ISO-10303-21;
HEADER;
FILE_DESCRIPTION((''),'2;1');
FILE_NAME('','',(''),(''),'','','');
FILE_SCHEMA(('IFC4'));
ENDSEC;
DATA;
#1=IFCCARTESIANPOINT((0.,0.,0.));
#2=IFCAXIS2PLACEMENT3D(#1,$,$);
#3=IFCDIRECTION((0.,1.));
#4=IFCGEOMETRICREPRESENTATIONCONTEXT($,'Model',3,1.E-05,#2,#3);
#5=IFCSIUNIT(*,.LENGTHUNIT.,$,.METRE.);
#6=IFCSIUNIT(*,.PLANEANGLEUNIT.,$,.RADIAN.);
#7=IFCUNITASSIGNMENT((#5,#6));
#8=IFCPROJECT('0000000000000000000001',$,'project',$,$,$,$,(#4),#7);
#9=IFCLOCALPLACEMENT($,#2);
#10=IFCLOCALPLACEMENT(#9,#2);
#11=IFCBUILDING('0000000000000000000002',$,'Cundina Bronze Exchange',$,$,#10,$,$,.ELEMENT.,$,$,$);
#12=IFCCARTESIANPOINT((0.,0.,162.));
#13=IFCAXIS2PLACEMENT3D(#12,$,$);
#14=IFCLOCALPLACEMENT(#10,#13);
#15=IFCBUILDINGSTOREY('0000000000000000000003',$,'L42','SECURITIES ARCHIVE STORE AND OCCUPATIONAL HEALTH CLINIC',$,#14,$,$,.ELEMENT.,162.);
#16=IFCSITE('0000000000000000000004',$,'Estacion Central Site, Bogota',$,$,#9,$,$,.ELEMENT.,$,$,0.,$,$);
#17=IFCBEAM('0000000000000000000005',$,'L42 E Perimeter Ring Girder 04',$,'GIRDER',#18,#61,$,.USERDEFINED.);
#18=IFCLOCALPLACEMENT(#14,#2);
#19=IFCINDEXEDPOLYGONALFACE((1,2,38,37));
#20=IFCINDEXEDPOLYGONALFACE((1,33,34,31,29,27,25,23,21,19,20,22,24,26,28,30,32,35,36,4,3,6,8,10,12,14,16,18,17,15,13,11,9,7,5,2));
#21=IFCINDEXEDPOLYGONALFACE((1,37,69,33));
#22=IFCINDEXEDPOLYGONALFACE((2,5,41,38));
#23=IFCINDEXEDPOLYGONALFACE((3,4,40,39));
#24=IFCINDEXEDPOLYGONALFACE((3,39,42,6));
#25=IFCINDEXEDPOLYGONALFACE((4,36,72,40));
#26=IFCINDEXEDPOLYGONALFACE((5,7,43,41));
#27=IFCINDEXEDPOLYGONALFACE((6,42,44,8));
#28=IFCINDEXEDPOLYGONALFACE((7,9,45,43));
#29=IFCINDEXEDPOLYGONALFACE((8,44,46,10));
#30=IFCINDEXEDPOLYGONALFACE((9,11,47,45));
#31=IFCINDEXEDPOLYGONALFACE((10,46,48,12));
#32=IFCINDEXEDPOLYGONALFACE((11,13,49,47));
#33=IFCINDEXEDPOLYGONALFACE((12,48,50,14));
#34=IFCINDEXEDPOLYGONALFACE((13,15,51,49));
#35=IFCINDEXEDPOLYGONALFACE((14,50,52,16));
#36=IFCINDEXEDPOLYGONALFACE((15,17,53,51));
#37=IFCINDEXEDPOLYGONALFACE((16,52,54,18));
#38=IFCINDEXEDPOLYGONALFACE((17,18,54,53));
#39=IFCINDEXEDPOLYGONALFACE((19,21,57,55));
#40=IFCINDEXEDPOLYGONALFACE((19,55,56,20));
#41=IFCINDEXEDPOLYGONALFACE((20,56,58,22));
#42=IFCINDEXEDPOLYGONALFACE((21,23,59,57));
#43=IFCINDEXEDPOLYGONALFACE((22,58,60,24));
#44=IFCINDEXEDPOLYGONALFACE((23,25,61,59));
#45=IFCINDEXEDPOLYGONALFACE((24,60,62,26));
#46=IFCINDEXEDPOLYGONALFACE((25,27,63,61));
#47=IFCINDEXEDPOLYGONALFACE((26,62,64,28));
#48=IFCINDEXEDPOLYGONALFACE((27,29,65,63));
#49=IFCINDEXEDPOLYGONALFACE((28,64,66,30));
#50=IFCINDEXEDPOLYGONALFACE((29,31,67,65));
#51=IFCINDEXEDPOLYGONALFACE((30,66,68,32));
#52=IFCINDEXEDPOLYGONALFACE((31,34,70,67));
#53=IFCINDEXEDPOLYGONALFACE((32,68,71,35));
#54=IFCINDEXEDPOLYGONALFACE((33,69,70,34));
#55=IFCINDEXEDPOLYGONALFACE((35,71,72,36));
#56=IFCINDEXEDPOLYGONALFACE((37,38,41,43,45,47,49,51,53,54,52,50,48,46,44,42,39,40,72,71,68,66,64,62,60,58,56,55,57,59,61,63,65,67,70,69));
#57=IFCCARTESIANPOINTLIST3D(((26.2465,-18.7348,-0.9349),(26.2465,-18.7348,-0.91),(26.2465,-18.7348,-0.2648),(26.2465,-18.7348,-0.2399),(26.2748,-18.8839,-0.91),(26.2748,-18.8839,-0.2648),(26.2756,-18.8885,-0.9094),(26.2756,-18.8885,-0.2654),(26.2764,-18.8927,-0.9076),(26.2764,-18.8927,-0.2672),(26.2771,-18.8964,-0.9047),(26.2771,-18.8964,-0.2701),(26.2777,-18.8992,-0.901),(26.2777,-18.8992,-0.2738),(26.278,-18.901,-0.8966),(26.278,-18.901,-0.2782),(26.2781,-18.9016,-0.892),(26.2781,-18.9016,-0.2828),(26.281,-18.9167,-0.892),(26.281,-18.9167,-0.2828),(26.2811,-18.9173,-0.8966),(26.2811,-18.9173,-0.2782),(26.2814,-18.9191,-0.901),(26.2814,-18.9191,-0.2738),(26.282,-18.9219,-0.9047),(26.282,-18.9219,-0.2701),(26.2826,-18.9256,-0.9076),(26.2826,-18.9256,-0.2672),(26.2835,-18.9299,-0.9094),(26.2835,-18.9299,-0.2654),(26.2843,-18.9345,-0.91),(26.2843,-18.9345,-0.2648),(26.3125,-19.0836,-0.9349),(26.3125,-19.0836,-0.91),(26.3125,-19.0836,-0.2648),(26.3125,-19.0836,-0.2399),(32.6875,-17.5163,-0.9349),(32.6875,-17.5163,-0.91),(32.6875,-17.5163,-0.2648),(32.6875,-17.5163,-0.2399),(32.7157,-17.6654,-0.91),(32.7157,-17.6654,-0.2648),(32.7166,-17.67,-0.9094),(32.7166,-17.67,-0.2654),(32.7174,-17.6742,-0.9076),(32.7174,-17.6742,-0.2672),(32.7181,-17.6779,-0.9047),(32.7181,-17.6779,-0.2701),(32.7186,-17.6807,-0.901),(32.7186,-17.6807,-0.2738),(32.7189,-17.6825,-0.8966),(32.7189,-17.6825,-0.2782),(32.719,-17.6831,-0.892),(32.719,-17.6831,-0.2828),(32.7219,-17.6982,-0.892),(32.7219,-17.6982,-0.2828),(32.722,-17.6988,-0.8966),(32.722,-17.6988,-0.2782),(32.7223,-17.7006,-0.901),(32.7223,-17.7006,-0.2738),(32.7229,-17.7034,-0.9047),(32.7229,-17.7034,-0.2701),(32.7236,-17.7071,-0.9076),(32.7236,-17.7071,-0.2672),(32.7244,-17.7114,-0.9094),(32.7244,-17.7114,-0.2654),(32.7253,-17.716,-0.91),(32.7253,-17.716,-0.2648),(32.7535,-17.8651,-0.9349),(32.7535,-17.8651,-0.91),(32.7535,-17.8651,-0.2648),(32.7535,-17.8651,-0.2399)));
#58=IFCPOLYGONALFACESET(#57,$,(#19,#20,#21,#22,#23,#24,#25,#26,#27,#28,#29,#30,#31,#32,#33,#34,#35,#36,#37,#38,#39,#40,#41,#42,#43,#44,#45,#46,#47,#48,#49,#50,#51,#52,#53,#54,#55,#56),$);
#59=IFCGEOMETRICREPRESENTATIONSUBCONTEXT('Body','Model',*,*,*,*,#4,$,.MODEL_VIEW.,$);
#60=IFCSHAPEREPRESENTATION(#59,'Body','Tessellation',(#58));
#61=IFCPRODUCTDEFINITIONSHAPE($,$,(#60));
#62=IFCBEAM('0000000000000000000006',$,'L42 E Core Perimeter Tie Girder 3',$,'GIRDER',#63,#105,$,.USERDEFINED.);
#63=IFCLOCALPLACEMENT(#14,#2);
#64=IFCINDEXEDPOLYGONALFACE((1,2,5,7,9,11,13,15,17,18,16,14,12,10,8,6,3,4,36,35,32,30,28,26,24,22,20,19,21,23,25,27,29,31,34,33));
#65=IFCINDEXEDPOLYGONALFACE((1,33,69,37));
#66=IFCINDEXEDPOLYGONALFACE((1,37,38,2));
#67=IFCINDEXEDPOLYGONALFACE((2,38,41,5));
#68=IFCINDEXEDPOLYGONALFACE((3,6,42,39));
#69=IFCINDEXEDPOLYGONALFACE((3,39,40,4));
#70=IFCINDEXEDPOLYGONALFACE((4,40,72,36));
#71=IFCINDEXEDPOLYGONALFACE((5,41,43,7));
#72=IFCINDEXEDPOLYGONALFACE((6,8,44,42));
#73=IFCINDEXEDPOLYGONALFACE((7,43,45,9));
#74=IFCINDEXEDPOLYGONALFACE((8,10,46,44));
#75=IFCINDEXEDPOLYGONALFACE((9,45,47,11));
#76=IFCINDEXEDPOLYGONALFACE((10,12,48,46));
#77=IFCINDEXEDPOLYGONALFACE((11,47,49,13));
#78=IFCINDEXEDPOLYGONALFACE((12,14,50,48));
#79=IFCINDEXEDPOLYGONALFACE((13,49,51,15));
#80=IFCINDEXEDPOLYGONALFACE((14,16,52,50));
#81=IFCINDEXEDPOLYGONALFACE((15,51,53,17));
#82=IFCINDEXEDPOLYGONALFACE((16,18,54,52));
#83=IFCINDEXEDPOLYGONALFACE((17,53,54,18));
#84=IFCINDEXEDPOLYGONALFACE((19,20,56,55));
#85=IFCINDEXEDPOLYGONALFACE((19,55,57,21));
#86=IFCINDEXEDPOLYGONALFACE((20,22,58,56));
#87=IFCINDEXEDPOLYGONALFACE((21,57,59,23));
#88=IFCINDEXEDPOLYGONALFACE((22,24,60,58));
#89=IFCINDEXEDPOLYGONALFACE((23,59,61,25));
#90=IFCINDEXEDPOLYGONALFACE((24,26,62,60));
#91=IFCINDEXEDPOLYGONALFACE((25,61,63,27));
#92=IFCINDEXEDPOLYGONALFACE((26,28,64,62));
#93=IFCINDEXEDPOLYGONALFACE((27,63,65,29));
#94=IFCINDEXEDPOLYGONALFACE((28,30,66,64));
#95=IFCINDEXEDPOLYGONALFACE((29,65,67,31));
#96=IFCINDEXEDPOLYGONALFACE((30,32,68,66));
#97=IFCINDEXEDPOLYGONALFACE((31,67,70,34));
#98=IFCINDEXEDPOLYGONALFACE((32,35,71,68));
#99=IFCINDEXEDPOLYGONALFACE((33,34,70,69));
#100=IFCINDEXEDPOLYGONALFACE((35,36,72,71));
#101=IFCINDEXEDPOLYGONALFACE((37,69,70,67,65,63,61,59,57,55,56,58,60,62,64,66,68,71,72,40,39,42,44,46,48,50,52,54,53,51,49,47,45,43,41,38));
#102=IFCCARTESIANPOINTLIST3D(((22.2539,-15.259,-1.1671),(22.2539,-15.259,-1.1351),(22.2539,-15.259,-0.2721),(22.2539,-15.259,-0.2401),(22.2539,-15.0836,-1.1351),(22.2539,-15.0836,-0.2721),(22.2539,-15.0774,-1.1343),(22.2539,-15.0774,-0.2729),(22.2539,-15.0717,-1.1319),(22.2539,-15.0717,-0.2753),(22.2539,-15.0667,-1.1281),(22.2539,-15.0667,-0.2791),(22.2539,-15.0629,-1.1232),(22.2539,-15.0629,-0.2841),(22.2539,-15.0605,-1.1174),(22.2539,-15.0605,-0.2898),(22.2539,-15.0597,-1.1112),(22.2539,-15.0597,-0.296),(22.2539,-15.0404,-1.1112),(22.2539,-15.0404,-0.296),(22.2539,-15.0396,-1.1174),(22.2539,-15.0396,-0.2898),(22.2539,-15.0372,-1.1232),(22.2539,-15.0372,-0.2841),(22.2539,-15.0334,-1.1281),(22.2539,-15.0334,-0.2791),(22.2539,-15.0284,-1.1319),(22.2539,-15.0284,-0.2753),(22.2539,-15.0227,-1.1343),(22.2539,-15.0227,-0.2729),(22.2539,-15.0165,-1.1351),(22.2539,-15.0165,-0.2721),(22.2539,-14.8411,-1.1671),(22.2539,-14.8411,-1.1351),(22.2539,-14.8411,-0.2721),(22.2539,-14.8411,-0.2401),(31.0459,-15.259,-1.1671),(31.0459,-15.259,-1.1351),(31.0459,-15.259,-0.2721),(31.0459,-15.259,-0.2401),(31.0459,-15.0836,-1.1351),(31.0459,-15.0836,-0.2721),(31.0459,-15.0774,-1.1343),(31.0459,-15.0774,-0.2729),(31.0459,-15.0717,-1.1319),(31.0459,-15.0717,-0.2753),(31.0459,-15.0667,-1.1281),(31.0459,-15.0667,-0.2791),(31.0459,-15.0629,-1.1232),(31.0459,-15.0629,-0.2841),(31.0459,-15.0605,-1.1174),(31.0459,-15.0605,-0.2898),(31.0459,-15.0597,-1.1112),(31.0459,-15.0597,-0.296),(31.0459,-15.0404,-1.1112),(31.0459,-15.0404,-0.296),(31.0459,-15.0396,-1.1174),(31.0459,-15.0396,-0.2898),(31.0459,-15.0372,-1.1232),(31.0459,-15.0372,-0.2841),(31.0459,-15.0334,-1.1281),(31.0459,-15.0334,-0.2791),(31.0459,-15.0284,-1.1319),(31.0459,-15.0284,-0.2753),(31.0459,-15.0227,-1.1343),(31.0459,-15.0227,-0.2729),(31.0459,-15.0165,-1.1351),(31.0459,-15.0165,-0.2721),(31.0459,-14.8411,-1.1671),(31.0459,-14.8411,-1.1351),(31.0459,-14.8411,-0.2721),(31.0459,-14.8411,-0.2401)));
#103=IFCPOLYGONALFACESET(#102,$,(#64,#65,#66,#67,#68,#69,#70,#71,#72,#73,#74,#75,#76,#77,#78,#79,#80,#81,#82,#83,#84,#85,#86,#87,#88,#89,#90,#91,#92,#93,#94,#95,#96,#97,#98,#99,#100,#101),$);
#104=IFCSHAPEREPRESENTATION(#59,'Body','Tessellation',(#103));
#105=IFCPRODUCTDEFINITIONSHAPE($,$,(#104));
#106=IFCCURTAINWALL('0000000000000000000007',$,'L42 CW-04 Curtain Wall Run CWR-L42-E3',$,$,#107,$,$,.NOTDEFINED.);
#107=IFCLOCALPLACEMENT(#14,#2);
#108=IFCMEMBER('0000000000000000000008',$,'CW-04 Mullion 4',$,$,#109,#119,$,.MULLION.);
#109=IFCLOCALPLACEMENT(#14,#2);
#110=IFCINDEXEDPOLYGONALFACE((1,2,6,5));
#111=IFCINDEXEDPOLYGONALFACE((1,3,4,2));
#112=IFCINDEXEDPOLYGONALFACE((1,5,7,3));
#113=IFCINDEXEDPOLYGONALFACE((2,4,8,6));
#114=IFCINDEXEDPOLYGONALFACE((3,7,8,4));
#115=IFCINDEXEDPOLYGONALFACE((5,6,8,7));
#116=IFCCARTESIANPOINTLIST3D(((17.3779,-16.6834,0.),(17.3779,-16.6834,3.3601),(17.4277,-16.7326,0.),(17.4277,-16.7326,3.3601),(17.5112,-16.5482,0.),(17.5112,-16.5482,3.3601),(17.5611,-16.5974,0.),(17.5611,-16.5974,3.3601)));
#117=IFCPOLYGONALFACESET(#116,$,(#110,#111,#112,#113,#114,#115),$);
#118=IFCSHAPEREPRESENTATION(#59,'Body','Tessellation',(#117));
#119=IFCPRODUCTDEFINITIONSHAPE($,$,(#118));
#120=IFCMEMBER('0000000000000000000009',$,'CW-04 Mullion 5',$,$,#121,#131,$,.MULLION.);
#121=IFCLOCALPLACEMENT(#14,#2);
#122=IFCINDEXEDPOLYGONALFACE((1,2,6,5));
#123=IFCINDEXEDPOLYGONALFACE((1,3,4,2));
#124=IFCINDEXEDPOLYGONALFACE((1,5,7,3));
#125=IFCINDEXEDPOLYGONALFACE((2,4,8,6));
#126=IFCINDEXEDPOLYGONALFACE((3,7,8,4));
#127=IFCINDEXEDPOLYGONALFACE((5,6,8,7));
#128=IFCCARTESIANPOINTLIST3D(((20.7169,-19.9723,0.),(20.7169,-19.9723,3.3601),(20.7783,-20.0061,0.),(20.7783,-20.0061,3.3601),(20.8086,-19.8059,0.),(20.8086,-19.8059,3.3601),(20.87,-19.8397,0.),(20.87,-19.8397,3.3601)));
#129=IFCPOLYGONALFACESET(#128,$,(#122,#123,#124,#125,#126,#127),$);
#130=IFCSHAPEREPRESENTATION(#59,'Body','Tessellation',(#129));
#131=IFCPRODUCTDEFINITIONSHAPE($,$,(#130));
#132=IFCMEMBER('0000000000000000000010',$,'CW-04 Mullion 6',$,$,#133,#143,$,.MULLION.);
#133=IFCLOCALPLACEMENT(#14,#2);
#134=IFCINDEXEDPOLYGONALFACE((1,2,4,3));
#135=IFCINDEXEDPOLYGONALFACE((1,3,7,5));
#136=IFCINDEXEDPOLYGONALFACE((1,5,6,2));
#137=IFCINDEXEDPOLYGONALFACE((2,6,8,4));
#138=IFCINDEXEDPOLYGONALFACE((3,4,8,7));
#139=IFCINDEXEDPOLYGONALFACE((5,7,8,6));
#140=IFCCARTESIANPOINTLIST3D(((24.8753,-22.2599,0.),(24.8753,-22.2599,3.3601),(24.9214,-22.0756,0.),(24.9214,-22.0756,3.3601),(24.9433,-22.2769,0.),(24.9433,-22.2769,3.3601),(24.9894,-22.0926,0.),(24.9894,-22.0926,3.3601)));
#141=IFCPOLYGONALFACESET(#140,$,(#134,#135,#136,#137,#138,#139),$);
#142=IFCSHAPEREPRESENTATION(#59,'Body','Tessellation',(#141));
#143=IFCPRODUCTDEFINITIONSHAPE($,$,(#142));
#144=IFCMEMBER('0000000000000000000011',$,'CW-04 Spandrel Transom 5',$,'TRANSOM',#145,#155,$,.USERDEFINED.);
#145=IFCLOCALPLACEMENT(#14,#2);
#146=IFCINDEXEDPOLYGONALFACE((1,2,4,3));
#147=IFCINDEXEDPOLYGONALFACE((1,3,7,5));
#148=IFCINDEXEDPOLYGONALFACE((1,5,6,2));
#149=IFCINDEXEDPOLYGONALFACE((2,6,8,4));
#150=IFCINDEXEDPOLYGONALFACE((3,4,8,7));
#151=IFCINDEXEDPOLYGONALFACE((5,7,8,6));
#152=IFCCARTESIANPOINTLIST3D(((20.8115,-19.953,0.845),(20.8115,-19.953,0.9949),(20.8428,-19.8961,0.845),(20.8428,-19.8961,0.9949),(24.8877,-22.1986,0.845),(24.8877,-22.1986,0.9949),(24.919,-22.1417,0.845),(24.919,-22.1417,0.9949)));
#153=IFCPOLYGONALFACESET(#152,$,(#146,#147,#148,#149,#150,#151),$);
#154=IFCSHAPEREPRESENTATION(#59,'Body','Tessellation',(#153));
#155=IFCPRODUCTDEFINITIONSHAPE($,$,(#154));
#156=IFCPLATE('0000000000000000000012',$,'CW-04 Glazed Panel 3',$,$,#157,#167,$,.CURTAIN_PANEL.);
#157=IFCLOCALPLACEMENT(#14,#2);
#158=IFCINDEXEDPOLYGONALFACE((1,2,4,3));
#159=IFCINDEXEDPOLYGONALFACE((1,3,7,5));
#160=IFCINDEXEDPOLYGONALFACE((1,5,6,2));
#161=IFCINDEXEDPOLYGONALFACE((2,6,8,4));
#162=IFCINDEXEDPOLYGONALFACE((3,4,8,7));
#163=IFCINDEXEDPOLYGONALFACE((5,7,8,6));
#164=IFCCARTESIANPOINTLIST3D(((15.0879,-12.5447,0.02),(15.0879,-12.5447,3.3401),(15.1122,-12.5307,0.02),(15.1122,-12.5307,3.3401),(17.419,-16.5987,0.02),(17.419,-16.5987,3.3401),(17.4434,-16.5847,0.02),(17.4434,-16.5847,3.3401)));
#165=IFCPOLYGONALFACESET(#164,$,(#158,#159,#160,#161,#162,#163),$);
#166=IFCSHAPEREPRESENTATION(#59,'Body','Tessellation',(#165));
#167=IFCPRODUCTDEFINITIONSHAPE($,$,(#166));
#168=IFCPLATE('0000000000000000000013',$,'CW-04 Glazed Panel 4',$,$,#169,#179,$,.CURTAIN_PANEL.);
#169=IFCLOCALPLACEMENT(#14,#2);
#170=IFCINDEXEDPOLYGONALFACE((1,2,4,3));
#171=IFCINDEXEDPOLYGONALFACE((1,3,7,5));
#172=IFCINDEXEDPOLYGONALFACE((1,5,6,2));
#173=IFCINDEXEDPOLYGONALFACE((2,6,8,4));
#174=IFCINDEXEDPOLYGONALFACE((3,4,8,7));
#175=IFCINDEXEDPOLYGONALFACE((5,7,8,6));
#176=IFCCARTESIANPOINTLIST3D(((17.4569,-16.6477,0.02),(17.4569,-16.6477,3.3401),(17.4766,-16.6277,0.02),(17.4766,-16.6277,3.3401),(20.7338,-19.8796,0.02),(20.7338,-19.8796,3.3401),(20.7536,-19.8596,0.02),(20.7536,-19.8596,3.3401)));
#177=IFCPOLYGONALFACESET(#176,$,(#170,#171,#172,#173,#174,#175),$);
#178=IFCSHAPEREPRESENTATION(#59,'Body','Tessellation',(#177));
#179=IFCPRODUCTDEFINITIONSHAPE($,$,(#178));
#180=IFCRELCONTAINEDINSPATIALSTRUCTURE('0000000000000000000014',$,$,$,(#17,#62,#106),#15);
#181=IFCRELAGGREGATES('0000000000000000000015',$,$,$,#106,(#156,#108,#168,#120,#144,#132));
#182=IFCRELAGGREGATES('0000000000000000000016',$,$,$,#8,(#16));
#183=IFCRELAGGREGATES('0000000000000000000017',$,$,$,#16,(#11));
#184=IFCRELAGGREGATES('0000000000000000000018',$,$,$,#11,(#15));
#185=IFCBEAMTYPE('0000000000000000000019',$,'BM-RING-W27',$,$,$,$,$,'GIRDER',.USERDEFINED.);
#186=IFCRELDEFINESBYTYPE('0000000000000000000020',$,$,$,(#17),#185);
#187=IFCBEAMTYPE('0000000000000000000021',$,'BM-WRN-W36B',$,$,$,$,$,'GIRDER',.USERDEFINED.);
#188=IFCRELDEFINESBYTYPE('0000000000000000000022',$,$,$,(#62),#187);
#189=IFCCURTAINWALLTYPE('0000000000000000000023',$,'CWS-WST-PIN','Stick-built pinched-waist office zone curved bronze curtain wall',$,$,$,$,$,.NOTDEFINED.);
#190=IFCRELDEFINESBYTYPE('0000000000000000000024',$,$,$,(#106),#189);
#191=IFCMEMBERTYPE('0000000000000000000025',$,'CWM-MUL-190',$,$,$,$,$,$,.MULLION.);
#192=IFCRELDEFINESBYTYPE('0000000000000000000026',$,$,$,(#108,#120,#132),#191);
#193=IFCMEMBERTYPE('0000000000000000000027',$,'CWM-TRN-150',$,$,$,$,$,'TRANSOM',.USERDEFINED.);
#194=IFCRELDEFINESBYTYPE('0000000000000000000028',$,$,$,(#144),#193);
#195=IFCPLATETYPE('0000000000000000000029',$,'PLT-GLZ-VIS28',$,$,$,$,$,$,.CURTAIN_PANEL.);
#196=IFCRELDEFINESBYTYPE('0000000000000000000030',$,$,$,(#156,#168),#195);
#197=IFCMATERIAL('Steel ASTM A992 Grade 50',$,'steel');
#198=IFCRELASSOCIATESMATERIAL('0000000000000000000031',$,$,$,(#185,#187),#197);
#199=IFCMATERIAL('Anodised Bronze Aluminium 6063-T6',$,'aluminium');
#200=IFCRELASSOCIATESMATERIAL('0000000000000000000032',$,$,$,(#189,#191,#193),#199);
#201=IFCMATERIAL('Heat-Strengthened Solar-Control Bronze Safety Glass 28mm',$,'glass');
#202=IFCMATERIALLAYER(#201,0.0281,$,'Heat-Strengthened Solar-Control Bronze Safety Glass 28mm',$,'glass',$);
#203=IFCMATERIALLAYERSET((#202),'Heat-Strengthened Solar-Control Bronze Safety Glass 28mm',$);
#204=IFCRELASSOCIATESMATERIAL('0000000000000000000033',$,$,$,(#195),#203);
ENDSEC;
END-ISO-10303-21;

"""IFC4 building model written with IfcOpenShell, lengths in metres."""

from ifc_helpers import new_model, si_unit, direction, frame, origin, origin_2d, place, context, subcontext, project, spatial, rectangle, i_section, extrude, material, layer, layer_set, material_profile, profile_set, type_object, element, aggregate, save


model = new_model("IFC4")

# Units and contexts
model_context = context("Model", 3, precision=1e-05, world=origin(), true_north=direction((0.0, 1.0)))
body_context = subcontext(model_context, "Body", "Model", "MODEL_VIEW")
ifc_project = project(units=[si_unit("LENGTHUNIT", "METRE"), si_unit("PLANEANGLEUNIT", "RADIAN")], contexts=[model_context])

# Site, building, storey
site_placement = place(None, origin())
site = spatial("IfcSite", under=ifc_project, at=site_placement, Name="Estacion Central Site, Bogota", CompositionType="ELEMENT", RefElevation=0.0)
building_placement = place(site_placement, origin())
building = spatial("IfcBuilding", under=site, at=building_placement, Name="Cundina Bronze Exchange", CompositionType="ELEMENT")
storey_placement = place(building_placement, frame((0.0, 0.0, 162.0)))
storey = spatial("IfcBuildingStorey", under=building, at=storey_placement, Name="L42", Description="SECURITIES ARCHIVE STORE AND OCCUPATIONAL HEALTH CLINIC", CompositionType="ELEMENT", Elevation=162.0)

# Shared definitions
ifc_material_1 = material(Name="Steel ASTM A992 Grade 50", Category="steel")

# Beams
ifc_material_profile_1 = material_profile(ifc_material_1, i_section(OverallWidth=0.355, OverallDepth=0.6951, WebThickness=0.0154, FlangeThickness=0.0249, FilletRadius=0.0181, at=origin_2d()), Name="W27X146", Category="steel")
ifc_profile_set_1 = profile_set([ifc_material_profile_1], Name="Steel ASTM A992 Grade 50")
beam_type_1 = type_object("IfcBeamType", Name="BM-RING-W27", ElementType="GIRDER", PredefinedType="USERDEFINED", material=ifc_profile_set_1)
beam_1_placement = place(storey_placement, frame((26.2795, -18.9092, -0.5874), z_axis=(0.982572, 0.185885, 0.0), x_axis=(-0.185885, 0.982572, 0.0)))
element("IfcBeam", 1, at=beam_1_placement, inside=storey, type_object=beam_type_1, Name="L42 E Perimeter Ring Girder 04", ObjectType="GIRDER", PredefinedType="USERDEFINED", context=body_context, shape_type="SweptSolid", body=[
    extrude(i_section(OverallWidth=0.355, OverallDepth=0.6951, WebThickness=0.0154, FlangeThickness=0.0249, FilletRadius=0.0181, at=origin_2d()), origin(), (0.0, 0.0, 1.0), 6.5552),
])
ifc_material_profile_2 = material_profile(ifc_material_1, i_section(OverallWidth=0.418, OverallDepth=0.927, WebThickness=0.0193, FlangeThickness=0.032, FilletRadius=0.0239, at=origin_2d()), Name="W36X231", Category="steel")
ifc_profile_set_2 = profile_set([ifc_material_profile_2], Name="Steel ASTM A992 Grade 50")
beam_type_2 = type_object("IfcBeamType", Name="BM-WRN-W36B", ElementType="GIRDER", PredefinedType="USERDEFINED", material=ifc_profile_set_2)
beam_2_placement = place(storey_placement, frame((22.2539, -15.05, -0.7036), z_axis=(1.0, 0.0, 0.0), x_axis=(0.0, 1.0, 0.0)))
element("IfcBeam", 2, at=beam_2_placement, inside=storey, type_object=beam_type_2, Name="L42 E Core Perimeter Tie Girder 3", ObjectType="GIRDER", PredefinedType="USERDEFINED", context=body_context, shape_type="SweptSolid", body=[
    extrude(i_section(OverallWidth=0.418, OverallDepth=0.927, WebThickness=0.0193, FlangeThickness=0.032, FilletRadius=0.0239, at=origin_2d()), origin(), (0.0, 0.0, 1.0), 8.792),
])

# Curtain wall, members, plates
ifc_material_2 = material(Name="Anodised Bronze Aluminium 6063-T6", Category="aluminium")
curtain_wall_type = type_object("IfcCurtainWallType", Name="CWS-WST-PIN", Description="Stick-built pinched-waist office zone curved bronze curtain wall", PredefinedType="NOTDEFINED", material=ifc_material_2)
curtain_wall_placement = place(storey_placement, origin())
curtain_wall = element("IfcCurtainWall", 3, at=curtain_wall_placement, inside=storey, type_object=curtain_wall_type, Name="L42 CW-04 Curtain Wall Run CWR-L42-E3", PredefinedType="NOTDEFINED")
ifc_material_profile_3 = material_profile(ifc_material_2, rectangle(XDim=0.0701, YDim=0.1899, at=origin_2d()), Name="AL70X190", Category="aluminium")
ifc_profile_set_3 = profile_set([ifc_material_profile_3], Name="Anodised Bronze Aluminium 6063-T6")
member_type_1 = type_object("IfcMemberType", Name="CWM-MUL-190", PredefinedType="MULLION", material=ifc_profile_set_3)
member_1_placement = place(storey_placement, frame((17.4695, -16.6404, 0.0), z_axis=(0.0, 0.0, 1.0), x_axis=(0.712026, -0.702153, 0.0)))
member_1 = element("IfcMember", 4, at=member_1_placement, type_object=member_type_1, Name="CW-04 Mullion 4", PredefinedType="MULLION", context=body_context, shape_type="SweptSolid", body=[
    extrude(rectangle(XDim=0.0701, YDim=0.1899, at=origin_2d()), origin(), (0.0, 0.0, 1.0), 3.3601),
])
member_2_placement = place(storey_placement, frame((20.7935, -19.906, 0.0), z_axis=(0.0, 0.0, 1.0), x_axis=(0.875886, -0.482518, 0.0)))
member_2 = element("IfcMember", 5, at=member_2_placement, type_object=member_type_1, Name="CW-04 Mullion 5", PredefinedType="MULLION", context=body_context, shape_type="SweptSolid", body=[
    extrude(rectangle(XDim=0.0701, YDim=0.1899, at=origin_2d()), origin(), (0.0, 0.0, 1.0), 3.3601),
])
member_3_placement = place(storey_placement, frame((24.9324, -22.1763, 0.0), z_axis=(0.0, 0.0, 1.0), x_axis=(0.970084, -0.242769, 0.0)))
member_3 = element("IfcMember", 6, at=member_3_placement, type_object=member_type_1, Name="CW-04 Mullion 6", PredefinedType="MULLION", context=body_context, shape_type="SweptSolid", body=[
    extrude(rectangle(XDim=0.0701, YDim=0.1899, at=origin_2d()), origin(), (0.0, 0.0, 1.0), 3.3601),
])
ifc_material_profile_4 = material_profile(ifc_material_2, rectangle(XDim=0.0649, YDim=0.1499, at=origin_2d()), Name="AL65X150", Category="aluminium")
ifc_profile_set_4 = profile_set([ifc_material_profile_4], Name="Anodised Bronze Aluminium 6063-T6")
member_type_2 = type_object("IfcMemberType", Name="CWM-TRN-150", ElementType="TRANSOM", PredefinedType="USERDEFINED", material=ifc_profile_set_4)
member_4_placement = place(storey_placement, frame((20.8271, -19.9246, 0.9199), z_axis=(0.875879, -0.482531, 0.0), x_axis=(0.482531, 0.875879, 0.0)))
member_4 = element("IfcMember", 7, at=member_4_placement, type_object=member_type_2, Name="CW-04 Spandrel Transom 5", ObjectType="TRANSOM", PredefinedType="USERDEFINED", context=body_context, shape_type="SweptSolid", body=[
    extrude(rectangle(XDim=0.0649, YDim=0.1499, at=origin_2d()), origin(), (0.0, 0.0, 1.0), 4.6538),
])
ifc_material_3 = material(Name="Heat-Strengthened Solar-Control Bronze Safety Glass 28mm", Category="glass")
ifc_layer_1 = layer(ifc_material_3, 0.0281, Name="Heat-Strengthened Solar-Control Bronze Safety Glass 28mm", Category="glass")
ifc_layer_set_1 = layer_set([ifc_layer_1], Name="Heat-Strengthened Solar-Control Bronze Safety Glass 28mm")
plate_type_1 = type_object("IfcPlateType", Name="PLT-GLZ-VIS28", PredefinedType="CURTAIN_PANEL", material=ifc_layer_set_1)
plate_1_placement = place(storey_placement, frame((16.2656, -14.5647, 0.02), z_axis=(0.0, 0.0, 1.0), x_axis=(0.498488, -0.866897, 0.0)))
plate_1 = element("IfcPlate", 8, at=plate_1_placement, type_object=plate_type_1, Name="CW-04 Glazed Panel 3", PredefinedType="CURTAIN_PANEL", context=body_context, shape_type="SweptSolid", body=[
    extrude(rectangle(XDim=4.6765, YDim=0.0281, at=origin_2d()), origin(), (0.0, 0.0, 1.0), 3.3201),
])
plate_2_placement = place(storey_placement, frame((19.1052, -18.2537, 0.02), z_axis=(0.0, 0.0, 1.0), x_axis=(0.711989, -0.70219, 0.0)))
plate_2 = element("IfcPlate", 9, at=plate_2_placement, type_object=plate_type_1, Name="CW-04 Glazed Panel 4", PredefinedType="CURTAIN_PANEL", context=body_context, shape_type="SweptSolid", body=[
    extrude(rectangle(XDim=4.6025, YDim=0.0281, at=origin_2d()), origin(), (0.0, 0.0, 1.0), 3.3201),
])
aggregate(curtain_wall, [plate_1, member_1, plate_2, member_2, member_4, member_3])

save(model, "model.ifc")
